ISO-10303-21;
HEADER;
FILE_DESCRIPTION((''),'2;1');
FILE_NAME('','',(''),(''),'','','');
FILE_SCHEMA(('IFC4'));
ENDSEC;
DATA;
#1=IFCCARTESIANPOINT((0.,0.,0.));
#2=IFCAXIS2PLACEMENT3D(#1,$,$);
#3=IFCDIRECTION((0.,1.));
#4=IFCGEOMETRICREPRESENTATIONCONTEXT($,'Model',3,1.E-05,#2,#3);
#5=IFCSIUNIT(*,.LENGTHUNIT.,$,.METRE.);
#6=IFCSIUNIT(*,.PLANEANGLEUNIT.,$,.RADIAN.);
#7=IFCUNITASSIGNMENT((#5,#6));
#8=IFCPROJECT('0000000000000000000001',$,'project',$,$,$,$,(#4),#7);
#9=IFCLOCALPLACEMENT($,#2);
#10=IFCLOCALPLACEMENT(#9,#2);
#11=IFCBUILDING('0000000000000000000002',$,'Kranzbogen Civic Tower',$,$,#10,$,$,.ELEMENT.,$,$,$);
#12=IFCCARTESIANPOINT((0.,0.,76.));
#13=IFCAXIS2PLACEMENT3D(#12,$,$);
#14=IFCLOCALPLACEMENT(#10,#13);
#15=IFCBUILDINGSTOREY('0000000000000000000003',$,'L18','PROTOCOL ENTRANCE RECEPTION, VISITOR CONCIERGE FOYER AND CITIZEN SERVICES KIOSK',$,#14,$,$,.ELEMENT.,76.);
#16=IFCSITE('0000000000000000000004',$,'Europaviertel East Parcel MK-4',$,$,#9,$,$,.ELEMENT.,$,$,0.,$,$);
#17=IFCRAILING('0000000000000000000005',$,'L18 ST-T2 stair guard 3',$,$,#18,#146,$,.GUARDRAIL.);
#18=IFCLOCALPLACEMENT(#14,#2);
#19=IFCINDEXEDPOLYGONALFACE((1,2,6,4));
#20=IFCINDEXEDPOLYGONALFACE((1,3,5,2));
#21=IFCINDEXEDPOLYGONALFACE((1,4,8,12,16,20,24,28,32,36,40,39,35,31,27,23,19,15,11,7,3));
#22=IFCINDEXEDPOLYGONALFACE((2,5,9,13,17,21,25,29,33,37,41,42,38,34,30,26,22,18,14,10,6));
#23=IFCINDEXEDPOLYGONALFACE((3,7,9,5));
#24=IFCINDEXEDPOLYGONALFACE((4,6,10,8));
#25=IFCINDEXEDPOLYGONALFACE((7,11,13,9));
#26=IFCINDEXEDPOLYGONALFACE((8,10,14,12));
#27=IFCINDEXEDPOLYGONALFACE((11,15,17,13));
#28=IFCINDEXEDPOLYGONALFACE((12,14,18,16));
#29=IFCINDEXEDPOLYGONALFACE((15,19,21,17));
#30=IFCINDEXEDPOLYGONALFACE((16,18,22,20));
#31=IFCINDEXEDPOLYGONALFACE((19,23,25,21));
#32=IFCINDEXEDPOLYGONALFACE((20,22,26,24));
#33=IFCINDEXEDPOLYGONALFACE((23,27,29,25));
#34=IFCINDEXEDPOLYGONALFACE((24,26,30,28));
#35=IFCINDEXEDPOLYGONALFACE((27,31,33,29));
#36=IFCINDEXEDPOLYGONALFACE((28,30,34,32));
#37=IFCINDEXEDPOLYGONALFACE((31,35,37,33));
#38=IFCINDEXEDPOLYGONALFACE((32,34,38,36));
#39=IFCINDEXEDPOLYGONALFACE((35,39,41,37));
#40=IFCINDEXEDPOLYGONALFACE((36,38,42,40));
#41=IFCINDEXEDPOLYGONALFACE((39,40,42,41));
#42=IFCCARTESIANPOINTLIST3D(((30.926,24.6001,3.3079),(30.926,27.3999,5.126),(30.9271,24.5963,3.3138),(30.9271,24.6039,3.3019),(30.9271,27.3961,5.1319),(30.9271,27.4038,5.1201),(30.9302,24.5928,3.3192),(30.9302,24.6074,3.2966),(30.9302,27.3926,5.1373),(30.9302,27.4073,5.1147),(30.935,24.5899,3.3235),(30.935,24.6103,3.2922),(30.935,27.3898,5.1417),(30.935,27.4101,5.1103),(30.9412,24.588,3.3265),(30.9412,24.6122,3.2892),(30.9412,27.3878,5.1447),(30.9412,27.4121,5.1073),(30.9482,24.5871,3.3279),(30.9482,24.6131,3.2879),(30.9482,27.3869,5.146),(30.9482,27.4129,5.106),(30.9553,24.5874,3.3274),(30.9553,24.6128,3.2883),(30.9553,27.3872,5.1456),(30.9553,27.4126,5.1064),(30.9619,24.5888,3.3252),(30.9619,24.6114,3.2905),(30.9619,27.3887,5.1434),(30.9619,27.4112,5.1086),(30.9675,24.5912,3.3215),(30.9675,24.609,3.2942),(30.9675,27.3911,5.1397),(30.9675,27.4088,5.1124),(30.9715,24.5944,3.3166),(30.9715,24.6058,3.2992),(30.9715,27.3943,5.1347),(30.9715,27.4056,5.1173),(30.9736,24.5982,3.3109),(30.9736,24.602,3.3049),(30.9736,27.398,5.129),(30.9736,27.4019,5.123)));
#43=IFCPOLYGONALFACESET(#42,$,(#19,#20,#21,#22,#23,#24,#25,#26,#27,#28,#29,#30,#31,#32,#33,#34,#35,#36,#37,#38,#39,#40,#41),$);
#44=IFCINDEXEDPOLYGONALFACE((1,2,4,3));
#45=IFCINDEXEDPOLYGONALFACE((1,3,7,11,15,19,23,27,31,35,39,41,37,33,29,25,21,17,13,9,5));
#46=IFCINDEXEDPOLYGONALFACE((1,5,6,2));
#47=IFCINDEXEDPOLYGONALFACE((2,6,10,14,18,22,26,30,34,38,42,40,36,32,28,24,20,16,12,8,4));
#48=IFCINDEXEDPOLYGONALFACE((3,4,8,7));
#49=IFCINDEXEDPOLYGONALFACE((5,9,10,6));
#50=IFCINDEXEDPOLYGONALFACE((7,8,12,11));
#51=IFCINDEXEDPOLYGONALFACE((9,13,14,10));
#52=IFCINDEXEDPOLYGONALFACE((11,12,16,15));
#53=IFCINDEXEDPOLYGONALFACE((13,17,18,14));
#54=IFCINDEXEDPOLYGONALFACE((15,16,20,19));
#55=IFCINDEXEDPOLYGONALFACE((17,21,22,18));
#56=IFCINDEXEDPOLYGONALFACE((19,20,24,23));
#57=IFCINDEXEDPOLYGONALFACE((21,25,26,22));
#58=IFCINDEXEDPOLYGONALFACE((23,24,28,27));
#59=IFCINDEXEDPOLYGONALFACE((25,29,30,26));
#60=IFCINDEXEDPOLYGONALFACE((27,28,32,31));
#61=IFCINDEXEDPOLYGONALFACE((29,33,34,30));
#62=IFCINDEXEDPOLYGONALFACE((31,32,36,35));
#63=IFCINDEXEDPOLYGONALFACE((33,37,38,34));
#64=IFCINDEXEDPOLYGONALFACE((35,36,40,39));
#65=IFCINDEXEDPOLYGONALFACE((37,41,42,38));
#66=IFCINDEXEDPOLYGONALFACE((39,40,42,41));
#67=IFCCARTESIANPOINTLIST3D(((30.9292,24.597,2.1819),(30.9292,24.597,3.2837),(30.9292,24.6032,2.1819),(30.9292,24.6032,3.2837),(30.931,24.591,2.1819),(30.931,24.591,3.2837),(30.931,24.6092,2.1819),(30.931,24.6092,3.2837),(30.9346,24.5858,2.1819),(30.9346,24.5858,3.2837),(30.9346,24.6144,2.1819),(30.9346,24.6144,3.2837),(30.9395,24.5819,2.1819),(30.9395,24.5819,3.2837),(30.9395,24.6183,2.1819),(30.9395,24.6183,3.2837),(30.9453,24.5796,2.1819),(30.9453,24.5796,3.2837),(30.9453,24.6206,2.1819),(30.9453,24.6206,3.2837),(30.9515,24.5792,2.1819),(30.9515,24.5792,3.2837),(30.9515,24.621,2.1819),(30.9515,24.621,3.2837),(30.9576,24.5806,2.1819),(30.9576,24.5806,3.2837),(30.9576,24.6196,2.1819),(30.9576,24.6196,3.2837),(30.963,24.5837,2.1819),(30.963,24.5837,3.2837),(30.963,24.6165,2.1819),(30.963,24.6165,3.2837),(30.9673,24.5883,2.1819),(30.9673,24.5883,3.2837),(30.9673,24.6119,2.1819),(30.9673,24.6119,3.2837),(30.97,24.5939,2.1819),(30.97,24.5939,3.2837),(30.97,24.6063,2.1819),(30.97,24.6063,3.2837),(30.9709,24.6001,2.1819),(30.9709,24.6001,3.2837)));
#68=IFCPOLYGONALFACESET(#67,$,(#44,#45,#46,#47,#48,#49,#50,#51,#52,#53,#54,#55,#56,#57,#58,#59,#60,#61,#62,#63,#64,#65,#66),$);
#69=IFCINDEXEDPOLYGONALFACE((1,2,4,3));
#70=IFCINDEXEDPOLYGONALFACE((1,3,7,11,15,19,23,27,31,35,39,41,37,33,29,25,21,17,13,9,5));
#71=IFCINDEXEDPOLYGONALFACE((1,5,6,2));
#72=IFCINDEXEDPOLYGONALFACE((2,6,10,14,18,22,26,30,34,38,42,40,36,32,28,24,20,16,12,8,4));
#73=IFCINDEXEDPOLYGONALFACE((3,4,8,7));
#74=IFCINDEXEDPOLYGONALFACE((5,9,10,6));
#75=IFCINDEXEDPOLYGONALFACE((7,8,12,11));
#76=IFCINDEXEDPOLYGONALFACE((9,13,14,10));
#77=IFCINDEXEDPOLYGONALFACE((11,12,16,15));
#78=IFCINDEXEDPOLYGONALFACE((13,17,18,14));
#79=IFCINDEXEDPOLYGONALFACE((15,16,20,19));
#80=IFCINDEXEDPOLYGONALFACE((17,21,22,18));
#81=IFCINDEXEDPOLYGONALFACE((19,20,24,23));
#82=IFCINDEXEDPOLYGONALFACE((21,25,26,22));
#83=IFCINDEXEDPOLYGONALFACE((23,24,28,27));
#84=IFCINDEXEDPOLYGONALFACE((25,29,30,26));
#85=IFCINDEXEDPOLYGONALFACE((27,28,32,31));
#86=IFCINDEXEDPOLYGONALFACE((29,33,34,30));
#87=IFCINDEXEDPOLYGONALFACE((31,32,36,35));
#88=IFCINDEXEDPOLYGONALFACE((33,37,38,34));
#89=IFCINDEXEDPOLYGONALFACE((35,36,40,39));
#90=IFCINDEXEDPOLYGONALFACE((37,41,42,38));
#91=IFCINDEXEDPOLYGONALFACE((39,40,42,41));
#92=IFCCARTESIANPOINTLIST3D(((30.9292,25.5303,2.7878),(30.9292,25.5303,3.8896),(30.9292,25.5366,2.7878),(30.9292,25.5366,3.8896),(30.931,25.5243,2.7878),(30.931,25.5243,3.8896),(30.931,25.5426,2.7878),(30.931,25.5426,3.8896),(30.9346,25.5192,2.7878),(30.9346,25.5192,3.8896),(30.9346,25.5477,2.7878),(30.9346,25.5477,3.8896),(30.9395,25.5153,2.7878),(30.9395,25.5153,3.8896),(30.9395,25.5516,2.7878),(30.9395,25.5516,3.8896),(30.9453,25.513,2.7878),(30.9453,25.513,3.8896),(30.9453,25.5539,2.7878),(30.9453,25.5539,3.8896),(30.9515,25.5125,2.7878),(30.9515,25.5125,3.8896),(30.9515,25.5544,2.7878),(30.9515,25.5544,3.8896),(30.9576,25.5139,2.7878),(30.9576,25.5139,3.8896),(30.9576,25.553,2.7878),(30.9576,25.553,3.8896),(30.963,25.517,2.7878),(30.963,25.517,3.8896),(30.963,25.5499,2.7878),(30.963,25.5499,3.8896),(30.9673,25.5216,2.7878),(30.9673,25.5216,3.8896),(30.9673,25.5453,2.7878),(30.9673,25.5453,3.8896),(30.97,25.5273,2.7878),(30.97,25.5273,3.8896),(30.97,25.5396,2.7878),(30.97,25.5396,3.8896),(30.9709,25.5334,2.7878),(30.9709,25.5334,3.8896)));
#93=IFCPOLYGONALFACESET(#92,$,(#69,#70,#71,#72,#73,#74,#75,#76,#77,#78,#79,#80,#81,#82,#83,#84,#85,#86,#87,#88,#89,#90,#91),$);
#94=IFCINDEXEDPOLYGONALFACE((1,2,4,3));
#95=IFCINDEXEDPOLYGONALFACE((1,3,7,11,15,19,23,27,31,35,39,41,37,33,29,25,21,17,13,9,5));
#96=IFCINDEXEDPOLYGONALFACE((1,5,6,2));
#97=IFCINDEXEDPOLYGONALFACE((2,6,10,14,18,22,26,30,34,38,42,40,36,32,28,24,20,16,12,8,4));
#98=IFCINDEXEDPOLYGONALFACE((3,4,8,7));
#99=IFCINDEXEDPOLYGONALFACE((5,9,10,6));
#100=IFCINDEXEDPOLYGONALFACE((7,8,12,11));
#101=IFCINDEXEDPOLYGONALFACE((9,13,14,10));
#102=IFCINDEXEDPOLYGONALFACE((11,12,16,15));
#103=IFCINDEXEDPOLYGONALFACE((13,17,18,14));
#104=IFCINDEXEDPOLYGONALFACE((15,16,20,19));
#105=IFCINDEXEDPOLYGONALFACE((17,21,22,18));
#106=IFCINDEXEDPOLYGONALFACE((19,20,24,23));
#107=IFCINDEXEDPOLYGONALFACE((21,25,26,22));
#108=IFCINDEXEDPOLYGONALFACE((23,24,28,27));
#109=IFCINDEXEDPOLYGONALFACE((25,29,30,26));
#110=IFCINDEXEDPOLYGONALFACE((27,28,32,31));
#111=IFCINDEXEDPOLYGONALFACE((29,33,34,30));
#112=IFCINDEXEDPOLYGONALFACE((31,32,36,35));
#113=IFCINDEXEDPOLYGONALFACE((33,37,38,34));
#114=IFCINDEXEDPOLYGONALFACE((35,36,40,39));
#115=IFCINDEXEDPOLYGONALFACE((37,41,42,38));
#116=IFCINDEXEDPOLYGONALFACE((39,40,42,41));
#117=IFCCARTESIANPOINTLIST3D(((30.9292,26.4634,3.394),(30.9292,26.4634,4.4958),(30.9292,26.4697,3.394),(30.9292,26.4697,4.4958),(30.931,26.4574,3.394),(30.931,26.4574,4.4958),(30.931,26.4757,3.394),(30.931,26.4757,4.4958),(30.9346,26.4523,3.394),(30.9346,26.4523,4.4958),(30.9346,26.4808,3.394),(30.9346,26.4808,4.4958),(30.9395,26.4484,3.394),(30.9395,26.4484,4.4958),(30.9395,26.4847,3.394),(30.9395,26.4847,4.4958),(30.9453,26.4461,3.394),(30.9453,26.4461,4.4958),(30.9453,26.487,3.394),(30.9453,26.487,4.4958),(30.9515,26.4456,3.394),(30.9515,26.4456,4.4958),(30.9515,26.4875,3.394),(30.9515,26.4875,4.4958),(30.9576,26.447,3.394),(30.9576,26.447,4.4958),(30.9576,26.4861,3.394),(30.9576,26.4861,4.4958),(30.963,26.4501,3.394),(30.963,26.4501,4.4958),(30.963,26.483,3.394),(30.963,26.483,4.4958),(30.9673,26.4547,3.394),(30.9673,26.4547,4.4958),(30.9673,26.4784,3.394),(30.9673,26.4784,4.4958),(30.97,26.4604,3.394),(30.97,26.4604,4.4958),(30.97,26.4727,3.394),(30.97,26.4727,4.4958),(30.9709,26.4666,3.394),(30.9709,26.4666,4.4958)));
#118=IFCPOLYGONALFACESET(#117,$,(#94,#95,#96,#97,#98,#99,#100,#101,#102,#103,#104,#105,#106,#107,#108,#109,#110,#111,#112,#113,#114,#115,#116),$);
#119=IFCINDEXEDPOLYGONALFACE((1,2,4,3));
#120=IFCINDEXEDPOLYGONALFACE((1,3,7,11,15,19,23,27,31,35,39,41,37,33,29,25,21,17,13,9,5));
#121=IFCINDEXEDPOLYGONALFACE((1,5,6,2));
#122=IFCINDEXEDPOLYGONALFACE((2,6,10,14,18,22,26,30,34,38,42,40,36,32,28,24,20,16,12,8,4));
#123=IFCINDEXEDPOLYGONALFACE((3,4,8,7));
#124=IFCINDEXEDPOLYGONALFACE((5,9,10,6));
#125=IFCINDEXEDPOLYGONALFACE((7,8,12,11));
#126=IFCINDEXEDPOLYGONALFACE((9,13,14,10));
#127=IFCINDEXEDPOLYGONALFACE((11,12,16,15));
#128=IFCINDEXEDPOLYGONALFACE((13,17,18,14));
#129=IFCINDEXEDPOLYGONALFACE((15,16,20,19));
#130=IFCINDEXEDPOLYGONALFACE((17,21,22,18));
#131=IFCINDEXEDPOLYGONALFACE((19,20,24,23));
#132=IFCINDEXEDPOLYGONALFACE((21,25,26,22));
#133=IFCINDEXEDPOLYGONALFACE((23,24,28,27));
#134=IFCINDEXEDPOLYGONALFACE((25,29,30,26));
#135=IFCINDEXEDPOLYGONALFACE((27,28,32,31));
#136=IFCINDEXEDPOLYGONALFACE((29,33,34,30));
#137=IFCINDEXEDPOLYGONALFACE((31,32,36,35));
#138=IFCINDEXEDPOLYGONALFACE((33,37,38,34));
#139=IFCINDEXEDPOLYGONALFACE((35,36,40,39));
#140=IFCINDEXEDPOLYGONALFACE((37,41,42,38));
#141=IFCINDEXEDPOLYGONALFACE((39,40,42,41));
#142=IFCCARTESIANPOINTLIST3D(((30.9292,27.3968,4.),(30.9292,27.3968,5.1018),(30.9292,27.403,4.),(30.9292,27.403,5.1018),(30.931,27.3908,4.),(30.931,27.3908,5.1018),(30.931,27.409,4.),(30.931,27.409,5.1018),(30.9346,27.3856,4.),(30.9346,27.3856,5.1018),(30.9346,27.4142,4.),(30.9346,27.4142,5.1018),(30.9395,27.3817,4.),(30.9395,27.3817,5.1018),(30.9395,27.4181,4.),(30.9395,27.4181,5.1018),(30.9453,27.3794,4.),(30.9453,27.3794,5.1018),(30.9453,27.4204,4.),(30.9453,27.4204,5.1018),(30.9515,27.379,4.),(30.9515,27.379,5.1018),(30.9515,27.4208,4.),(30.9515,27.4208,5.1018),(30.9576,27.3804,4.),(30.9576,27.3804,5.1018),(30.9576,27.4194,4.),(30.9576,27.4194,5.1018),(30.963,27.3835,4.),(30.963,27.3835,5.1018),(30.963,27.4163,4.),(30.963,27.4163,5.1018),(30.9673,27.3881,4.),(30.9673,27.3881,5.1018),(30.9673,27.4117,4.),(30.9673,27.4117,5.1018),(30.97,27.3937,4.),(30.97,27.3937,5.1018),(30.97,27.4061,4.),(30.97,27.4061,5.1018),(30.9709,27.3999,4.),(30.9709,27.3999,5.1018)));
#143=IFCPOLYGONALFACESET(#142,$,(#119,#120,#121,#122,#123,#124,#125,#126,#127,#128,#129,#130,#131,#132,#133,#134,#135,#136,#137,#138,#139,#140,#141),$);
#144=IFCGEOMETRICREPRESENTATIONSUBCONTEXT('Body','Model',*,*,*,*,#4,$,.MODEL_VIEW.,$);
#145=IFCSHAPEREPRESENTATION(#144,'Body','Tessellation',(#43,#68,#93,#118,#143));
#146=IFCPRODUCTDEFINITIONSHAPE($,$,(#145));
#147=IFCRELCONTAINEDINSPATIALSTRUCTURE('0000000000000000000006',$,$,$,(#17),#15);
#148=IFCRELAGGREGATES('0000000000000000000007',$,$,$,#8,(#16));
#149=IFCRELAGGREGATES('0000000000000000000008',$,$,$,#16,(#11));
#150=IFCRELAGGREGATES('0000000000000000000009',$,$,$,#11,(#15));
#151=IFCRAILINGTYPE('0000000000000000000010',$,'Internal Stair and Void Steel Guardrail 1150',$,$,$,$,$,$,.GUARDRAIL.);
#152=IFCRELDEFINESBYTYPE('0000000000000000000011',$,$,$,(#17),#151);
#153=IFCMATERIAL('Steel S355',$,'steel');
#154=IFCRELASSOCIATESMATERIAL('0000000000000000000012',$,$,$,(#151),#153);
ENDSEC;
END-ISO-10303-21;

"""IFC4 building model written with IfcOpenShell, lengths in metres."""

from ifc_helpers import new_model, si_unit, direction, frame, origin, origin_2d, place, context, subcontext, project, spatial, circle, extrude, material, type_object, element, save


model = new_model("IFC4")

# Units and contexts
model_context = context("Model", 3, precision=1e-05, world=origin(), true_north=direction((0.0, 1.0)))
body_context = subcontext(model_context, "Body", "Model", "MODEL_VIEW")
ifc_project = project(units=[si_unit("LENGTHUNIT", "METRE"), si_unit("PLANEANGLEUNIT", "RADIAN")], contexts=[model_context])

# Site, building, storey
site_placement = place(None, origin())
site = spatial("IfcSite", under=ifc_project, at=site_placement, Name="Europaviertel East Parcel MK-4", CompositionType="ELEMENT", RefElevation=0.0)
building_placement = place(site_placement, origin())
building = spatial("IfcBuilding", under=site, at=building_placement, Name="Kranzbogen Civic Tower", CompositionType="ELEMENT")
storey_placement = place(building_placement, frame((0.0, 0.0, 76.0)))
storey = spatial("IfcBuildingStorey", under=building, at=storey_placement, Name="L18", Description="PROTOCOL ENTRANCE RECEPTION, VISITOR CONCIERGE FOYER AND CITIZEN SERVICES KIOSK", CompositionType="ELEMENT", Elevation=76.0)

# Shared definitions
ifc_material_1 = material(Name="Steel S355", Category="steel")

# Railing
railing_type_1 = type_object("IfcRailingType", Name="Internal Stair and Void Steel Guardrail 1150", PredefinedType="GUARDRAIL", material=ifc_material_1)
railing_1_placement = place(storey_placement, frame((30.95, 24.6001, 2.1819)))
element("IfcRailing", 1, at=railing_1_placement, inside=storey, type_object=railing_type_1, Name="L18 ST-T2 stair guard 3", PredefinedType="GUARDRAIL", context=body_context, shape_type="SweptSolid", body=[
    extrude(circle(Radius=0.0239, at=origin_2d()), frame((0.0, 0.0, 1.126), z_axis=(0.0, 0.838684, 0.544618), x_axis=(-1.0, 0.0, 0.0)), (0.0, 0.0, 1.0), 3.3384),
    extrude(circle(Radius=0.021, at=origin_2d()), origin(), (0.0, 0.0, 1.0), 1.1018),
    extrude(circle(Radius=0.021, at=origin_2d()), frame((0.0, 0.9333, 0.606)), (0.0, 0.0, 1.0), 1.1018),
    extrude(circle(Radius=0.021, at=origin_2d()), frame((0.0, 1.8665, 1.2122)), (0.0, 0.0, 1.0), 1.1018),
    extrude(circle(Radius=0.021, at=origin_2d()), frame((0.0, 2.7998, 1.8181)), (0.0, 0.0, 1.0), 1.1018),
])

save(model, "model.ifc")
